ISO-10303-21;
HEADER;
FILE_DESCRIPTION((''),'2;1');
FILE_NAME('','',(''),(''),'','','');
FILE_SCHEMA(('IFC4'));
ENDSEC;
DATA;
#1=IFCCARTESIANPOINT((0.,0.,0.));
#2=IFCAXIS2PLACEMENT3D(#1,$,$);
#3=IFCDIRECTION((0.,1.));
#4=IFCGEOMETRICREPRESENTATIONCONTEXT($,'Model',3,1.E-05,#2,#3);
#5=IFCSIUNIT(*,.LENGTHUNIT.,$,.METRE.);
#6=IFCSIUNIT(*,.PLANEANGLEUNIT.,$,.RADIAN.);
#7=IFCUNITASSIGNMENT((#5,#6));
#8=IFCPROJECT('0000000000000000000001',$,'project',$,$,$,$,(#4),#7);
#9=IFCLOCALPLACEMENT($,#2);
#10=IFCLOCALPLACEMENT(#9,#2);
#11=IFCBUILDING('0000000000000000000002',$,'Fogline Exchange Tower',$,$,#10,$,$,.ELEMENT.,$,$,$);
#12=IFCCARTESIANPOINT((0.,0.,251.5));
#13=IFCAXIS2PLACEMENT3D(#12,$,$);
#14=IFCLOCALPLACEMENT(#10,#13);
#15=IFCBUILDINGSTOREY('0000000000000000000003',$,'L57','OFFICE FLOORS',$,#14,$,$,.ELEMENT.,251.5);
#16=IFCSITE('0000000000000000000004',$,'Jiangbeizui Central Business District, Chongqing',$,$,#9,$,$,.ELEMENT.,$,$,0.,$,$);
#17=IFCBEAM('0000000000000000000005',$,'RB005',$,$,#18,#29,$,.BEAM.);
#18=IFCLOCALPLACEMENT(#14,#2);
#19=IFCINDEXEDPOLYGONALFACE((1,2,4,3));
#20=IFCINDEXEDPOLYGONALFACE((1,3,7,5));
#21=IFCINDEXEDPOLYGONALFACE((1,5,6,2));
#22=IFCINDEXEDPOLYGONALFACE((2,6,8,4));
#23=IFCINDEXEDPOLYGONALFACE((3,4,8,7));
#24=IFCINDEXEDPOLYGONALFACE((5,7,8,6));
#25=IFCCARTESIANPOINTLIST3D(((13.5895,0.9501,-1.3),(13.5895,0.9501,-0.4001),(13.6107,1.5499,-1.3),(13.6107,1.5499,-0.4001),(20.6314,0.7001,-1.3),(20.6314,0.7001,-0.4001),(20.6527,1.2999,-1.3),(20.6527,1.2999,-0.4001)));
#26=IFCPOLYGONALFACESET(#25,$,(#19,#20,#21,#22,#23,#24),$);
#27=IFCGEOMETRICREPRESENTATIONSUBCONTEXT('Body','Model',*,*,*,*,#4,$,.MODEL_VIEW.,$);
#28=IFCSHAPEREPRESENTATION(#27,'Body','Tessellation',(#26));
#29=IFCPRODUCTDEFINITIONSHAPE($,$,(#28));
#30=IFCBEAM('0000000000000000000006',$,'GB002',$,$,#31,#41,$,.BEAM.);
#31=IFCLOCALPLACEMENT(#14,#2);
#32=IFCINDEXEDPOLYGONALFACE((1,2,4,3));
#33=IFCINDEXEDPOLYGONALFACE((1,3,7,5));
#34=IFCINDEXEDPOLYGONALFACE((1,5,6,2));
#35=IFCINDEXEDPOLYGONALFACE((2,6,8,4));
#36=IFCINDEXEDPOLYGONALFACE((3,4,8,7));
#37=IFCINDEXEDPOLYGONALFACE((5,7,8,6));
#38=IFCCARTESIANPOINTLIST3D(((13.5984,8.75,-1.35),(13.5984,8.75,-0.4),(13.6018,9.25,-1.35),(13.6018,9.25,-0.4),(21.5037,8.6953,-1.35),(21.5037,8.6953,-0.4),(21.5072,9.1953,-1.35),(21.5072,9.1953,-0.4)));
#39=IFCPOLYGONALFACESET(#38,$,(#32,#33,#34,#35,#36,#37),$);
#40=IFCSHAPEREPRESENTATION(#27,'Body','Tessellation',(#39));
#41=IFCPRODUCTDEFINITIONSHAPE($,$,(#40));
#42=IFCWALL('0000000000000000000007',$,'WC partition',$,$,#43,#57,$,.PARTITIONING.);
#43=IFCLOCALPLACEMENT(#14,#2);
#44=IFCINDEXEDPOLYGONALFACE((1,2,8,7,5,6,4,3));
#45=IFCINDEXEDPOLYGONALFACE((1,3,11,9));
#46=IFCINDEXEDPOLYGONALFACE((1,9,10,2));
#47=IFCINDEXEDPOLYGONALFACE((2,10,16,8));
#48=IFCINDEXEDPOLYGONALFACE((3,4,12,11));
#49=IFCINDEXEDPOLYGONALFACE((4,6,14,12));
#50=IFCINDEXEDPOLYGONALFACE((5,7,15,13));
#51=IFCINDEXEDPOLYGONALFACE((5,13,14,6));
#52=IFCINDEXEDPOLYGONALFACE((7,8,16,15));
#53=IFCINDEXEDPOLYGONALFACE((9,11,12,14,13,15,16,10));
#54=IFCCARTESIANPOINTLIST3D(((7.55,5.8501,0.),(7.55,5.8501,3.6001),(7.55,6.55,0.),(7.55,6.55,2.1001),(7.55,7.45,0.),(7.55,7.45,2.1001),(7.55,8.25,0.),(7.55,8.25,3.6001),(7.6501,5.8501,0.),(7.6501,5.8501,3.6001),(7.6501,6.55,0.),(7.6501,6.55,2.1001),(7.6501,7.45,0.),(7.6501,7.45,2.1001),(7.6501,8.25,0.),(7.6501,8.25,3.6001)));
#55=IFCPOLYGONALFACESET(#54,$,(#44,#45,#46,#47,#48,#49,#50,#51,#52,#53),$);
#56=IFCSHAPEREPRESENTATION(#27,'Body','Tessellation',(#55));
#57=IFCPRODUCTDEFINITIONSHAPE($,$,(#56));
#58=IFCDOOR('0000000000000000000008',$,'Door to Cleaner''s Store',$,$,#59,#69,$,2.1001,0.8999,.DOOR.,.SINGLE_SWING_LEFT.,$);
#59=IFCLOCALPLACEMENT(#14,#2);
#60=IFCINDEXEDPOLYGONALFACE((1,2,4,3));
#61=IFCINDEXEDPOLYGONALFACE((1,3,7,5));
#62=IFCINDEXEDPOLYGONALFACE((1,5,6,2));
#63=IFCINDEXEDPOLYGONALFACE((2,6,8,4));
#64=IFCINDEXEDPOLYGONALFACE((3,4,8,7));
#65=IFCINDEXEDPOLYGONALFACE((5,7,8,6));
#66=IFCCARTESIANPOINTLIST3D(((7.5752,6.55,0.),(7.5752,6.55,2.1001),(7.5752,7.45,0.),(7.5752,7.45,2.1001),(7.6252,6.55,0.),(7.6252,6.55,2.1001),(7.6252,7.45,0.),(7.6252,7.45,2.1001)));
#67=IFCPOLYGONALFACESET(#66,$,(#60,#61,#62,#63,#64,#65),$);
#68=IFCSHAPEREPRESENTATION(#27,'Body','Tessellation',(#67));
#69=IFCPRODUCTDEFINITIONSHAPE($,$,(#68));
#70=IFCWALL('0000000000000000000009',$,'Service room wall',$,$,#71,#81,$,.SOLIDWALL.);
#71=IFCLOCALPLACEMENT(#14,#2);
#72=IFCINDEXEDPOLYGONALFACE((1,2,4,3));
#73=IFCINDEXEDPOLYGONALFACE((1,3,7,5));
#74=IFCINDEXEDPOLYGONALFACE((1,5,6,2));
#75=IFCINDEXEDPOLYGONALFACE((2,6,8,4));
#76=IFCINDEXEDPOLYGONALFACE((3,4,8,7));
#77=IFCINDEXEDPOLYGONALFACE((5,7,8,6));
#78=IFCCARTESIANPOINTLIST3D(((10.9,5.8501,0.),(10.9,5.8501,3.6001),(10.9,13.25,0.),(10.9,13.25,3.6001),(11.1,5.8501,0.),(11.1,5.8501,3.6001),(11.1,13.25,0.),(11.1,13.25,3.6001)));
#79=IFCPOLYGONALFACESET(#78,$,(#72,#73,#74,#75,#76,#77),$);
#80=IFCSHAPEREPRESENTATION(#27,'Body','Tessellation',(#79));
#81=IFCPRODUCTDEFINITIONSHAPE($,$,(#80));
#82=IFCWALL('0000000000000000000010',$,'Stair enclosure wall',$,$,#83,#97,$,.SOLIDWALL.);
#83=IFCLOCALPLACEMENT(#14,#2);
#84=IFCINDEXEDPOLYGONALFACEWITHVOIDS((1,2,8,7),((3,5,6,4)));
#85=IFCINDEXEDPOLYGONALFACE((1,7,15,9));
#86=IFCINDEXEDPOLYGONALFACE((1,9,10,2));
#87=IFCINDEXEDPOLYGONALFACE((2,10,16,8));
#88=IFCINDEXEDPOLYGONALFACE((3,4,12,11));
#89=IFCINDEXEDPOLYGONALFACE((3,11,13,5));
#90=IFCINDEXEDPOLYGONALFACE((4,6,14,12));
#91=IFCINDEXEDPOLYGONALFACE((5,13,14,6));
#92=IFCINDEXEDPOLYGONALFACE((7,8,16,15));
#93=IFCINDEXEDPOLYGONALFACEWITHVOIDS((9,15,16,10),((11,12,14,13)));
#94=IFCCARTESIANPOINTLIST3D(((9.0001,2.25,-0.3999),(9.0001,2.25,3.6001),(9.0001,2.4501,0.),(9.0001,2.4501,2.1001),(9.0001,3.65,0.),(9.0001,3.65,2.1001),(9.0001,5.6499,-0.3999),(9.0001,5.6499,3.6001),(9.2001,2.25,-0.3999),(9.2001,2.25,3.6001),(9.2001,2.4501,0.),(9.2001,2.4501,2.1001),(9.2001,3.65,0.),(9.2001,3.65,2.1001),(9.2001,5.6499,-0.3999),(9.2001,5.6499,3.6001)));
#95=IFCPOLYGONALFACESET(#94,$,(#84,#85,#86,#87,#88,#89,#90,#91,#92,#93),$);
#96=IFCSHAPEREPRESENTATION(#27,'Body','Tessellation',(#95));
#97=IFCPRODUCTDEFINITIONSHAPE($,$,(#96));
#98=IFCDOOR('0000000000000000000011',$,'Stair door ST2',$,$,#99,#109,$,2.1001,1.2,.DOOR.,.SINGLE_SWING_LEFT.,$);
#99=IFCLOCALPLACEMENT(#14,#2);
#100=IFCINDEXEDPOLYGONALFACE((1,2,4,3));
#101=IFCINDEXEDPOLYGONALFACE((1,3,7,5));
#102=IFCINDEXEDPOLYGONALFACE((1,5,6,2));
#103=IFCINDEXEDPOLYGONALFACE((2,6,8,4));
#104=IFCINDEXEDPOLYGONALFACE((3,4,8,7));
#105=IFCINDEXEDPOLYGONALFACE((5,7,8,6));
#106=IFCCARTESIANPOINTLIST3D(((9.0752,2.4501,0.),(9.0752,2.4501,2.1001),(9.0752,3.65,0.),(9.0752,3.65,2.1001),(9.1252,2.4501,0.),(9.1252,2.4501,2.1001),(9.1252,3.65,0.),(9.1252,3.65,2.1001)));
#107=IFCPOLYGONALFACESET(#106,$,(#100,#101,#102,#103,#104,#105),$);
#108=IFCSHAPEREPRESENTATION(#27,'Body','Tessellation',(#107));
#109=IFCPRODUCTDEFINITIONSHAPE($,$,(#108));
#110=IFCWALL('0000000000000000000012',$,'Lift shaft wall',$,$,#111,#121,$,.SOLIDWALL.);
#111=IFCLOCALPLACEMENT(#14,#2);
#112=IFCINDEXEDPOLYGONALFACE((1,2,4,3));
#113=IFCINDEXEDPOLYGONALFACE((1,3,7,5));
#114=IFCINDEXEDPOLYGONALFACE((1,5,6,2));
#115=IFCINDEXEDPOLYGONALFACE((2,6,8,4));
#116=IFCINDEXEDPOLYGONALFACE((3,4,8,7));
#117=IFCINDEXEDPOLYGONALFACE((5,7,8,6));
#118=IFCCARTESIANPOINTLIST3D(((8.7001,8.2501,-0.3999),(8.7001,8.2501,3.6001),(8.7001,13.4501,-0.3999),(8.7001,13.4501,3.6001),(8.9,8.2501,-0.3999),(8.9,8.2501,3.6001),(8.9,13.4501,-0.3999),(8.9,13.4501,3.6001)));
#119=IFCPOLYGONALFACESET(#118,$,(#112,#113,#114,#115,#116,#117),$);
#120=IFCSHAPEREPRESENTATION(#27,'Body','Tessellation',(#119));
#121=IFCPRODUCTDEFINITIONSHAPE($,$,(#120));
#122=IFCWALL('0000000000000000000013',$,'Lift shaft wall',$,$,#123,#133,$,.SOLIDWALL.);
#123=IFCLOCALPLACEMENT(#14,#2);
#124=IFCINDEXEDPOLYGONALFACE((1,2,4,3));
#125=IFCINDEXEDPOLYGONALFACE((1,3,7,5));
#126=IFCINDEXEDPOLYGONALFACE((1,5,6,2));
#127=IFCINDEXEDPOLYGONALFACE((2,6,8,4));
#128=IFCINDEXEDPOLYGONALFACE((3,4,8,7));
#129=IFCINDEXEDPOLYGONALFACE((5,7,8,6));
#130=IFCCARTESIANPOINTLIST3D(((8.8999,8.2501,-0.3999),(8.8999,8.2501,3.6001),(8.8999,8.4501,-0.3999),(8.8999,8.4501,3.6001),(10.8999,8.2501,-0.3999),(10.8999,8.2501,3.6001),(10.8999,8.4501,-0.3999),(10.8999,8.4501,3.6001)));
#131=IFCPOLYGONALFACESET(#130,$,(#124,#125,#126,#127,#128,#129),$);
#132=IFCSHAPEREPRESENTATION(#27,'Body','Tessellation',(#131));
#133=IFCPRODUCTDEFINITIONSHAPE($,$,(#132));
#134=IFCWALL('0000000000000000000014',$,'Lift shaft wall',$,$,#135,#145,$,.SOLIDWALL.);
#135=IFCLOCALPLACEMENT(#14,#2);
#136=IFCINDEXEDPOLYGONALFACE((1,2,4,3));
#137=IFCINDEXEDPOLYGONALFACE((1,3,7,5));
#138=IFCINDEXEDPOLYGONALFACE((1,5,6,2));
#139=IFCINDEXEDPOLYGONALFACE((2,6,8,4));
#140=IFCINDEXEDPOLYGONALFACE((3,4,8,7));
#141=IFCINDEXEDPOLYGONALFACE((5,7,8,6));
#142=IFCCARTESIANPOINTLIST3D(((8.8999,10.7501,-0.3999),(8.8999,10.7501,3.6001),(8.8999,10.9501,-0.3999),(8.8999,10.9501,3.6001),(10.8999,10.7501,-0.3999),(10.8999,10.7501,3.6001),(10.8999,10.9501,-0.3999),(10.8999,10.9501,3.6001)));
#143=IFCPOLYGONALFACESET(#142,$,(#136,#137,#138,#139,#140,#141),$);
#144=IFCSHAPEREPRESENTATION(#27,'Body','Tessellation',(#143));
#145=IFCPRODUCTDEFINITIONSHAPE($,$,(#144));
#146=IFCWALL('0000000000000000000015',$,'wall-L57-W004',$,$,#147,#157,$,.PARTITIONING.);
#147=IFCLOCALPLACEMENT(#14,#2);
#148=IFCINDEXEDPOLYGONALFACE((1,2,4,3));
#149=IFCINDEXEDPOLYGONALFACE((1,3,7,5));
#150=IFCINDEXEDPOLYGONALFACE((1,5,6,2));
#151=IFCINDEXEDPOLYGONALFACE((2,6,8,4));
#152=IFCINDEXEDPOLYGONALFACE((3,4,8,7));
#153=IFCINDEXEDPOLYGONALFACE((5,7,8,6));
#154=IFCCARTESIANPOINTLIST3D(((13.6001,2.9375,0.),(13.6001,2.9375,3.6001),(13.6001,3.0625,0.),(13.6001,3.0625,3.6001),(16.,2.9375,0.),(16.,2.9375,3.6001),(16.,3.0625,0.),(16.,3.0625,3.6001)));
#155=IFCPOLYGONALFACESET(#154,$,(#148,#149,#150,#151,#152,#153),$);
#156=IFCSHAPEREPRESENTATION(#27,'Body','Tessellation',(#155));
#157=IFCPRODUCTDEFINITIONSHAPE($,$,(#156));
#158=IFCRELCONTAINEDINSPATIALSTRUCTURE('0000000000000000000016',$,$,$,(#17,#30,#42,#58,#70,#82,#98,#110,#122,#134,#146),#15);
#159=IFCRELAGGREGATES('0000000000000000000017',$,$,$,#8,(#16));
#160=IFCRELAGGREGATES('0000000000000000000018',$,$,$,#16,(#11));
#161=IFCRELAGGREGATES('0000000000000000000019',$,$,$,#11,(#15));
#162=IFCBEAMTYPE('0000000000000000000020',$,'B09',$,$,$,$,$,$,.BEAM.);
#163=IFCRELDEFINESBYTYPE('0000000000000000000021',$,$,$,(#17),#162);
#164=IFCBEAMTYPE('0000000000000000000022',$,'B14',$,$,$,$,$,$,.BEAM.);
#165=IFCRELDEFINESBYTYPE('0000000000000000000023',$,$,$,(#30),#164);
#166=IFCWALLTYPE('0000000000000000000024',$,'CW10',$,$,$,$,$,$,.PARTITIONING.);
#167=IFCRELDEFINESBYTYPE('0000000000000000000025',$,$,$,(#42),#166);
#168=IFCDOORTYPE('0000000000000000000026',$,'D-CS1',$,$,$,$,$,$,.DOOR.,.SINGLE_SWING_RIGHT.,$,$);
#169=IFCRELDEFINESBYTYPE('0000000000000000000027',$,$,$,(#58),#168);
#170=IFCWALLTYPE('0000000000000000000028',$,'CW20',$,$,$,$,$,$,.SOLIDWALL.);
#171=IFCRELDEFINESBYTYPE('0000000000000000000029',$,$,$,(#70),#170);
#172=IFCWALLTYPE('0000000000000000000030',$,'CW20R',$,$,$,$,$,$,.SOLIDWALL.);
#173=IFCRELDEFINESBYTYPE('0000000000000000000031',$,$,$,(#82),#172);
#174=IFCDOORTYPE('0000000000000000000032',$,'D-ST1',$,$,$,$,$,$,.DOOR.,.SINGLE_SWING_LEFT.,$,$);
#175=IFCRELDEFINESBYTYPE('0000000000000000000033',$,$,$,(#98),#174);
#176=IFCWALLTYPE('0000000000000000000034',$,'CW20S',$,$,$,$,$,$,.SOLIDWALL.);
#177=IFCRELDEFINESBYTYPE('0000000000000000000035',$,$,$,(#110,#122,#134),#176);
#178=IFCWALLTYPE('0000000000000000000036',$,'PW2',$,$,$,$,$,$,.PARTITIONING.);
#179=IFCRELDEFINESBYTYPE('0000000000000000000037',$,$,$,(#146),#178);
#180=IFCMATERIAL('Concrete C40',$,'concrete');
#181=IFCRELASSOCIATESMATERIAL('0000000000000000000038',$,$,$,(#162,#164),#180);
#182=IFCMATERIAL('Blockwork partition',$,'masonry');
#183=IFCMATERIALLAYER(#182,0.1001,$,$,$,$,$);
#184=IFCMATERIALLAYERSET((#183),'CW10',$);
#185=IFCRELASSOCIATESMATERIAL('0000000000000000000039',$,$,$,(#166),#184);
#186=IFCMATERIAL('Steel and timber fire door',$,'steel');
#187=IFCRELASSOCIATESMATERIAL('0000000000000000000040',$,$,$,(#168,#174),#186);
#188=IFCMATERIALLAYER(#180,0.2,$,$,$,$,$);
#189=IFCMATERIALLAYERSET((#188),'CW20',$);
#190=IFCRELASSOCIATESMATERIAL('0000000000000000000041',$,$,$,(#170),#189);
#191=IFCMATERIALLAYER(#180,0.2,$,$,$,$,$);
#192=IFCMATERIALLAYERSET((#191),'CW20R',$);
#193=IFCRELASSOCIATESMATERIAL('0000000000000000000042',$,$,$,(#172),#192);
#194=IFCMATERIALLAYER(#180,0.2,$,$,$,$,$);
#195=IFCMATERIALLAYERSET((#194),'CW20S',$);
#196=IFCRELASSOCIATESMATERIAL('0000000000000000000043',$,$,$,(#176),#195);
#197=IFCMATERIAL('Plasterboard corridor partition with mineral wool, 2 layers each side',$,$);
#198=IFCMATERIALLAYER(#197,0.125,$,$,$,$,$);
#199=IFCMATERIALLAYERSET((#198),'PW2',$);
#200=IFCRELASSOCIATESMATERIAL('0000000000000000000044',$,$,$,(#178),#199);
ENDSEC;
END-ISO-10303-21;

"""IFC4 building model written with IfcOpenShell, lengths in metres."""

from ifc_helpers import new_model, si_unit, direction, frame, frame_2d, origin, origin_2d, place, context, subcontext, project, spatial, rectangle, extrude, material, layer, layer_set, material_profile, profile_set, type_object, element, fill, save


model = new_model("IFC4")

# Units and contexts
model_context = context("Model", 3, precision=1e-05, world=origin(), true_north=direction((0.0, 1.0)))
body_context = subcontext(model_context, "Body", "Model", "MODEL_VIEW")
ifc_project = project(units=[si_unit("LENGTHUNIT", "METRE"), si_unit("PLANEANGLEUNIT", "RADIAN")], contexts=[model_context])

# Site, building, storey
site_placement = place(None, origin())
site = spatial("IfcSite", under=ifc_project, at=site_placement, Name="Jiangbeizui Central Business District, Chongqing", CompositionType="ELEMENT", RefElevation=0.0)
building_placement = place(site_placement, origin())
building = spatial("IfcBuilding", under=site, at=building_placement, Name="Fogline Exchange Tower", CompositionType="ELEMENT")
storey_placement = place(building_placement, frame((0.0, 0.0, 251.5)))
storey = spatial("IfcBuildingStorey", under=building, at=storey_placement, Name="L57", Description="OFFICE FLOORS", CompositionType="ELEMENT", Elevation=251.5)

# Beams
ifc_material_1 = material(Name="Concrete C40", Category="concrete")
ifc_material_profile_1 = material_profile(ifc_material_1, rectangle(XDim=0.6001, YDim=0.8999, at=origin_2d()), Name="RC 600x900")
ifc_profile_set_1 = profile_set([ifc_material_profile_1], Name="Concrete C40")
beam_type_1 = type_object("IfcBeamType", Name="B09", PredefinedType="BEAM", material=ifc_profile_set_1)
beam_1_placement = place(storey_placement, frame((13.6001, 1.25, -0.8501), z_axis=(0.99937, -0.035479, 0.0), x_axis=(0.035479, 0.99937, 0.0)))
element("IfcBeam", 1, at=beam_1_placement, inside=storey, type_object=beam_type_1, Name="RB005", PredefinedType="BEAM", context=body_context, shape_type="SweptSolid", body=[
    extrude(rectangle(XDim=0.6001, YDim=0.8999, at=origin_2d()), origin(), (0.0, 0.0, 1.0), 7.0464),
])
ifc_material_profile_2 = material_profile(ifc_material_1, rectangle(XDim=0.5, YDim=0.95, at=origin_2d()), Name="RC 500x950")
ifc_profile_set_2 = profile_set([ifc_material_profile_2], Name="Concrete C40")
beam_type_2 = type_object("IfcBeamType", Name="B14", PredefinedType="BEAM", material=ifc_profile_set_2)
beam_2_placement = place(storey_placement, frame((13.6001, 9.0, -0.875), z_axis=(0.999976, -0.006918, 0.0), x_axis=(0.006918, 0.999976, 0.0)))
element("IfcBeam", 2, at=beam_2_placement, inside=storey, type_object=beam_type_2, Name="GB002", PredefinedType="BEAM", context=body_context, shape_type="SweptSolid", body=[
    extrude(rectangle(XDim=0.5, YDim=0.95, at=origin_2d()), origin(), (0.0, 0.0, 1.0), 7.9055),
])

# Wall, opening, door
ifc_material_2 = material(Name="Blockwork partition", Category="masonry")
ifc_layer_1 = layer(ifc_material_2, 0.1001)
ifc_layer_set_1 = layer_set([ifc_layer_1], Name="CW10")
wall_type_1 = type_object("IfcWallType", Name="CW10", PredefinedType="PARTITIONING", material=ifc_layer_set_1)
wall_1_placement = place(storey_placement, frame((7.6001, 5.8501, 0.0), z_axis=(0.0, 0.0, 1.0), x_axis=(0.0, 1.0, 0.0)))
wall_1 = element("IfcWall", 3, at=wall_1_placement, inside=storey, type_object=wall_type_1, Name="WC partition", PredefinedType="PARTITIONING", context=body_context, shape_type="SweptSolid", body=[
    extrude(rectangle(XDim=2.3999, YDim=0.1001, at=frame_2d((1.2, 0.0))), origin(), (0.0, 0.0, 1.0), 3.6001),
])
opening_1_placement = place(wall_1_placement, frame((0.7, 0.0, 0.0)))
opening_1 = element("IfcOpeningElement", 4, at=opening_1_placement, cuts=wall_1, PredefinedType="OPENING", context=body_context, shape_type="SweptSolid", body=[
    extrude(rectangle(XDim=0.8999, YDim=2.1001, at=frame_2d((0.45, 1.05))), frame((0.0, 0.0601, 0.0), z_axis=(0.0, -1.0, 0.0), x_axis=(1.0, 0.0, 0.0)), (0.0, 0.0, 1.0), 0.1201),
])
ifc_material_3 = material(Name="Steel and timber fire door", Category="steel")
door_type_1 = type_object("IfcDoorType", Name="D-CS1", OperationType="SINGLE_SWING_RIGHT", PredefinedType="DOOR", material=ifc_material_3)
door_1_placement = place(opening_1_placement, origin())
door_1 = element("IfcDoor", 5, at=door_1_placement, inside=storey, type_object=door_type_1, Name="Door to Cleaner's Store", OperationType="SINGLE_SWING_LEFT", OverallHeight=2.1001, OverallWidth=0.8999, PredefinedType="DOOR", context=body_context, shape_type="SweptSolid", body=[
    extrude(rectangle(XDim=0.8999, YDim=2.1001, at=frame_2d((0.45, 1.05))), frame((0.0, 0.0249, 0.0), z_axis=(0.0, -1.0, 0.0), x_axis=(1.0, 0.0, 0.0)), (0.0, 0.0, 1.0), 0.05),
])
fill(opening_1, door_1)

# Wall
ifc_layer_2 = layer(ifc_material_1, 0.2)
ifc_layer_set_2 = layer_set([ifc_layer_2], Name="CW20")
wall_type_2 = type_object("IfcWallType", Name="CW20", PredefinedType="SOLIDWALL", material=ifc_layer_set_2)
wall_2_placement = place(storey_placement, frame((11.0, 5.8501, 0.0), z_axis=(0.0, 0.0, 1.0), x_axis=(0.0, 1.0, 0.0)))
element("IfcWall", 6, at=wall_2_placement, inside=storey, type_object=wall_type_2, Name="Service room wall", PredefinedType="SOLIDWALL", context=body_context, shape_type="SweptSolid", body=[
    extrude(rectangle(XDim=7.3999, YDim=0.2, at=frame_2d((3.7, 0.0))), origin(), (0.0, 0.0, 1.0), 3.6001),
])

# Wall, opening, door
ifc_layer_3 = layer(ifc_material_1, 0.2)
ifc_layer_set_3 = layer_set([ifc_layer_3], Name="CW20R")
wall_type_3 = type_object("IfcWallType", Name="CW20R", PredefinedType="SOLIDWALL", material=ifc_layer_set_3)
wall_3_placement = place(storey_placement, frame((9.1001, 2.25, -0.3999), z_axis=(0.0, 0.0, 1.0), x_axis=(0.0, 1.0, 0.0)))
wall_3 = element("IfcWall", 7, at=wall_3_placement, inside=storey, type_object=wall_type_3, Name="Stair enclosure wall", PredefinedType="SOLIDWALL", context=body_context, shape_type="SweptSolid", body=[
    extrude(rectangle(XDim=3.3999, YDim=0.2, at=frame_2d((1.7, 0.0))), origin(), (0.0, 0.0, 1.0), 4.0),
])
opening_2_placement = place(wall_3_placement, frame((0.2, 0.0, 0.3999)))
opening_2 = element("IfcOpeningElement", 8, at=opening_2_placement, cuts=wall_3, PredefinedType="OPENING", context=body_context, shape_type="SweptSolid", body=[
    extrude(rectangle(XDim=1.2, YDim=2.1001, at=frame_2d((0.6001, 1.05))), frame((0.0, 0.1099, 0.0), z_axis=(0.0, -1.0, 0.0), x_axis=(1.0, 0.0, 0.0)), (0.0, 0.0, 1.0), 0.22),
])
door_type_2 = type_object("IfcDoorType", Name="D-ST1", OperationType="SINGLE_SWING_LEFT", PredefinedType="DOOR", material=ifc_material_3)
door_2_placement = place(opening_2_placement, origin())
door_2 = element("IfcDoor", 9, at=door_2_placement, inside=storey, type_object=door_type_2, Name="Stair door ST2", OperationType="SINGLE_SWING_LEFT", OverallHeight=2.1001, OverallWidth=1.2, PredefinedType="DOOR", context=body_context, shape_type="SweptSolid", body=[
    extrude(rectangle(XDim=1.2, YDim=2.1001, at=frame_2d((0.6001, 1.05))), frame((0.0, 0.0249, 0.0), z_axis=(0.0, -1.0, 0.0), x_axis=(1.0, 0.0, 0.0)), (0.0, 0.0, 1.0), 0.05),
])
fill(opening_2, door_2)

# Walls
ifc_layer_4 = layer(ifc_material_1, 0.2)
ifc_layer_set_4 = layer_set([ifc_layer_4], Name="CW20S")
wall_type_4 = type_object("IfcWallType", Name="CW20S", PredefinedType="SOLIDWALL", material=ifc_layer_set_4)
wall_4_placement = place(storey_placement, frame((8.8, 8.25, -0.3999), z_axis=(0.0, 0.0, 1.0), x_axis=(0.0, 1.0, 0.0)))
element("IfcWall", 10, at=wall_4_placement, inside=storey, type_object=wall_type_4, Name="Lift shaft wall", PredefinedType="SOLIDWALL", context=body_context, shape_type="SweptSolid", body=[
    extrude(rectangle(XDim=5.2, YDim=0.2, at=frame_2d((2.6001, 0.0))), origin(), (0.0, 0.0, 1.0), 4.0),
])
for number, where, z_axis, x_axis, name in (
    (11, (8.8999, 8.3501, -0.3999), (0.0, 0.0, 1.0), (1.0, 0.0, 0.0), "Lift shaft wall"),
    (12, (8.8999, 10.8501, -0.3999), (0.0, 0.0, 1.0), (1.0, 0.0, 0.0), "Lift shaft wall"),
):
    element("IfcWall", number, at=place(storey_placement, frame(where, z_axis=z_axis, x_axis=x_axis)), inside=storey, type_object=wall_type_4, Name=name, PredefinedType="SOLIDWALL", context=body_context, shape_type="SweptSolid", body=[
        extrude(rectangle(XDim=2.0, YDim=0.2, at=frame_2d((1.0, 0.0))), origin(), (0.0, 0.0, 1.0), 4.0),
    ])
ifc_material_4 = material(Name="Plasterboard corridor partition with mineral wool, 2 layers each side")
ifc_layer_5 = layer(ifc_material_4, 0.125)
ifc_layer_set_5 = layer_set([ifc_layer_5], Name="PW2")
wall_type_5 = type_object("IfcWallType", Name="PW2", PredefinedType="PARTITIONING", material=ifc_layer_set_5)
wall_5_placement = place(storey_placement, frame((16.0, 3.0, 0.0), z_axis=(0.0, 0.0, 1.0), x_axis=(-1.0, 0.0, 0.0)))
element("IfcWall", 13, at=wall_5_placement, inside=storey, type_object=wall_type_5, Name="wall-L57-W004", PredefinedType="PARTITIONING", context=body_context, shape_type="SweptSolid", body=[
    extrude(rectangle(XDim=2.3999, YDim=0.125, at=frame_2d((1.2, 0.0))), origin(), (0.0, 0.0, 1.0), 3.6001),
])

save(model, "model.ifc")
